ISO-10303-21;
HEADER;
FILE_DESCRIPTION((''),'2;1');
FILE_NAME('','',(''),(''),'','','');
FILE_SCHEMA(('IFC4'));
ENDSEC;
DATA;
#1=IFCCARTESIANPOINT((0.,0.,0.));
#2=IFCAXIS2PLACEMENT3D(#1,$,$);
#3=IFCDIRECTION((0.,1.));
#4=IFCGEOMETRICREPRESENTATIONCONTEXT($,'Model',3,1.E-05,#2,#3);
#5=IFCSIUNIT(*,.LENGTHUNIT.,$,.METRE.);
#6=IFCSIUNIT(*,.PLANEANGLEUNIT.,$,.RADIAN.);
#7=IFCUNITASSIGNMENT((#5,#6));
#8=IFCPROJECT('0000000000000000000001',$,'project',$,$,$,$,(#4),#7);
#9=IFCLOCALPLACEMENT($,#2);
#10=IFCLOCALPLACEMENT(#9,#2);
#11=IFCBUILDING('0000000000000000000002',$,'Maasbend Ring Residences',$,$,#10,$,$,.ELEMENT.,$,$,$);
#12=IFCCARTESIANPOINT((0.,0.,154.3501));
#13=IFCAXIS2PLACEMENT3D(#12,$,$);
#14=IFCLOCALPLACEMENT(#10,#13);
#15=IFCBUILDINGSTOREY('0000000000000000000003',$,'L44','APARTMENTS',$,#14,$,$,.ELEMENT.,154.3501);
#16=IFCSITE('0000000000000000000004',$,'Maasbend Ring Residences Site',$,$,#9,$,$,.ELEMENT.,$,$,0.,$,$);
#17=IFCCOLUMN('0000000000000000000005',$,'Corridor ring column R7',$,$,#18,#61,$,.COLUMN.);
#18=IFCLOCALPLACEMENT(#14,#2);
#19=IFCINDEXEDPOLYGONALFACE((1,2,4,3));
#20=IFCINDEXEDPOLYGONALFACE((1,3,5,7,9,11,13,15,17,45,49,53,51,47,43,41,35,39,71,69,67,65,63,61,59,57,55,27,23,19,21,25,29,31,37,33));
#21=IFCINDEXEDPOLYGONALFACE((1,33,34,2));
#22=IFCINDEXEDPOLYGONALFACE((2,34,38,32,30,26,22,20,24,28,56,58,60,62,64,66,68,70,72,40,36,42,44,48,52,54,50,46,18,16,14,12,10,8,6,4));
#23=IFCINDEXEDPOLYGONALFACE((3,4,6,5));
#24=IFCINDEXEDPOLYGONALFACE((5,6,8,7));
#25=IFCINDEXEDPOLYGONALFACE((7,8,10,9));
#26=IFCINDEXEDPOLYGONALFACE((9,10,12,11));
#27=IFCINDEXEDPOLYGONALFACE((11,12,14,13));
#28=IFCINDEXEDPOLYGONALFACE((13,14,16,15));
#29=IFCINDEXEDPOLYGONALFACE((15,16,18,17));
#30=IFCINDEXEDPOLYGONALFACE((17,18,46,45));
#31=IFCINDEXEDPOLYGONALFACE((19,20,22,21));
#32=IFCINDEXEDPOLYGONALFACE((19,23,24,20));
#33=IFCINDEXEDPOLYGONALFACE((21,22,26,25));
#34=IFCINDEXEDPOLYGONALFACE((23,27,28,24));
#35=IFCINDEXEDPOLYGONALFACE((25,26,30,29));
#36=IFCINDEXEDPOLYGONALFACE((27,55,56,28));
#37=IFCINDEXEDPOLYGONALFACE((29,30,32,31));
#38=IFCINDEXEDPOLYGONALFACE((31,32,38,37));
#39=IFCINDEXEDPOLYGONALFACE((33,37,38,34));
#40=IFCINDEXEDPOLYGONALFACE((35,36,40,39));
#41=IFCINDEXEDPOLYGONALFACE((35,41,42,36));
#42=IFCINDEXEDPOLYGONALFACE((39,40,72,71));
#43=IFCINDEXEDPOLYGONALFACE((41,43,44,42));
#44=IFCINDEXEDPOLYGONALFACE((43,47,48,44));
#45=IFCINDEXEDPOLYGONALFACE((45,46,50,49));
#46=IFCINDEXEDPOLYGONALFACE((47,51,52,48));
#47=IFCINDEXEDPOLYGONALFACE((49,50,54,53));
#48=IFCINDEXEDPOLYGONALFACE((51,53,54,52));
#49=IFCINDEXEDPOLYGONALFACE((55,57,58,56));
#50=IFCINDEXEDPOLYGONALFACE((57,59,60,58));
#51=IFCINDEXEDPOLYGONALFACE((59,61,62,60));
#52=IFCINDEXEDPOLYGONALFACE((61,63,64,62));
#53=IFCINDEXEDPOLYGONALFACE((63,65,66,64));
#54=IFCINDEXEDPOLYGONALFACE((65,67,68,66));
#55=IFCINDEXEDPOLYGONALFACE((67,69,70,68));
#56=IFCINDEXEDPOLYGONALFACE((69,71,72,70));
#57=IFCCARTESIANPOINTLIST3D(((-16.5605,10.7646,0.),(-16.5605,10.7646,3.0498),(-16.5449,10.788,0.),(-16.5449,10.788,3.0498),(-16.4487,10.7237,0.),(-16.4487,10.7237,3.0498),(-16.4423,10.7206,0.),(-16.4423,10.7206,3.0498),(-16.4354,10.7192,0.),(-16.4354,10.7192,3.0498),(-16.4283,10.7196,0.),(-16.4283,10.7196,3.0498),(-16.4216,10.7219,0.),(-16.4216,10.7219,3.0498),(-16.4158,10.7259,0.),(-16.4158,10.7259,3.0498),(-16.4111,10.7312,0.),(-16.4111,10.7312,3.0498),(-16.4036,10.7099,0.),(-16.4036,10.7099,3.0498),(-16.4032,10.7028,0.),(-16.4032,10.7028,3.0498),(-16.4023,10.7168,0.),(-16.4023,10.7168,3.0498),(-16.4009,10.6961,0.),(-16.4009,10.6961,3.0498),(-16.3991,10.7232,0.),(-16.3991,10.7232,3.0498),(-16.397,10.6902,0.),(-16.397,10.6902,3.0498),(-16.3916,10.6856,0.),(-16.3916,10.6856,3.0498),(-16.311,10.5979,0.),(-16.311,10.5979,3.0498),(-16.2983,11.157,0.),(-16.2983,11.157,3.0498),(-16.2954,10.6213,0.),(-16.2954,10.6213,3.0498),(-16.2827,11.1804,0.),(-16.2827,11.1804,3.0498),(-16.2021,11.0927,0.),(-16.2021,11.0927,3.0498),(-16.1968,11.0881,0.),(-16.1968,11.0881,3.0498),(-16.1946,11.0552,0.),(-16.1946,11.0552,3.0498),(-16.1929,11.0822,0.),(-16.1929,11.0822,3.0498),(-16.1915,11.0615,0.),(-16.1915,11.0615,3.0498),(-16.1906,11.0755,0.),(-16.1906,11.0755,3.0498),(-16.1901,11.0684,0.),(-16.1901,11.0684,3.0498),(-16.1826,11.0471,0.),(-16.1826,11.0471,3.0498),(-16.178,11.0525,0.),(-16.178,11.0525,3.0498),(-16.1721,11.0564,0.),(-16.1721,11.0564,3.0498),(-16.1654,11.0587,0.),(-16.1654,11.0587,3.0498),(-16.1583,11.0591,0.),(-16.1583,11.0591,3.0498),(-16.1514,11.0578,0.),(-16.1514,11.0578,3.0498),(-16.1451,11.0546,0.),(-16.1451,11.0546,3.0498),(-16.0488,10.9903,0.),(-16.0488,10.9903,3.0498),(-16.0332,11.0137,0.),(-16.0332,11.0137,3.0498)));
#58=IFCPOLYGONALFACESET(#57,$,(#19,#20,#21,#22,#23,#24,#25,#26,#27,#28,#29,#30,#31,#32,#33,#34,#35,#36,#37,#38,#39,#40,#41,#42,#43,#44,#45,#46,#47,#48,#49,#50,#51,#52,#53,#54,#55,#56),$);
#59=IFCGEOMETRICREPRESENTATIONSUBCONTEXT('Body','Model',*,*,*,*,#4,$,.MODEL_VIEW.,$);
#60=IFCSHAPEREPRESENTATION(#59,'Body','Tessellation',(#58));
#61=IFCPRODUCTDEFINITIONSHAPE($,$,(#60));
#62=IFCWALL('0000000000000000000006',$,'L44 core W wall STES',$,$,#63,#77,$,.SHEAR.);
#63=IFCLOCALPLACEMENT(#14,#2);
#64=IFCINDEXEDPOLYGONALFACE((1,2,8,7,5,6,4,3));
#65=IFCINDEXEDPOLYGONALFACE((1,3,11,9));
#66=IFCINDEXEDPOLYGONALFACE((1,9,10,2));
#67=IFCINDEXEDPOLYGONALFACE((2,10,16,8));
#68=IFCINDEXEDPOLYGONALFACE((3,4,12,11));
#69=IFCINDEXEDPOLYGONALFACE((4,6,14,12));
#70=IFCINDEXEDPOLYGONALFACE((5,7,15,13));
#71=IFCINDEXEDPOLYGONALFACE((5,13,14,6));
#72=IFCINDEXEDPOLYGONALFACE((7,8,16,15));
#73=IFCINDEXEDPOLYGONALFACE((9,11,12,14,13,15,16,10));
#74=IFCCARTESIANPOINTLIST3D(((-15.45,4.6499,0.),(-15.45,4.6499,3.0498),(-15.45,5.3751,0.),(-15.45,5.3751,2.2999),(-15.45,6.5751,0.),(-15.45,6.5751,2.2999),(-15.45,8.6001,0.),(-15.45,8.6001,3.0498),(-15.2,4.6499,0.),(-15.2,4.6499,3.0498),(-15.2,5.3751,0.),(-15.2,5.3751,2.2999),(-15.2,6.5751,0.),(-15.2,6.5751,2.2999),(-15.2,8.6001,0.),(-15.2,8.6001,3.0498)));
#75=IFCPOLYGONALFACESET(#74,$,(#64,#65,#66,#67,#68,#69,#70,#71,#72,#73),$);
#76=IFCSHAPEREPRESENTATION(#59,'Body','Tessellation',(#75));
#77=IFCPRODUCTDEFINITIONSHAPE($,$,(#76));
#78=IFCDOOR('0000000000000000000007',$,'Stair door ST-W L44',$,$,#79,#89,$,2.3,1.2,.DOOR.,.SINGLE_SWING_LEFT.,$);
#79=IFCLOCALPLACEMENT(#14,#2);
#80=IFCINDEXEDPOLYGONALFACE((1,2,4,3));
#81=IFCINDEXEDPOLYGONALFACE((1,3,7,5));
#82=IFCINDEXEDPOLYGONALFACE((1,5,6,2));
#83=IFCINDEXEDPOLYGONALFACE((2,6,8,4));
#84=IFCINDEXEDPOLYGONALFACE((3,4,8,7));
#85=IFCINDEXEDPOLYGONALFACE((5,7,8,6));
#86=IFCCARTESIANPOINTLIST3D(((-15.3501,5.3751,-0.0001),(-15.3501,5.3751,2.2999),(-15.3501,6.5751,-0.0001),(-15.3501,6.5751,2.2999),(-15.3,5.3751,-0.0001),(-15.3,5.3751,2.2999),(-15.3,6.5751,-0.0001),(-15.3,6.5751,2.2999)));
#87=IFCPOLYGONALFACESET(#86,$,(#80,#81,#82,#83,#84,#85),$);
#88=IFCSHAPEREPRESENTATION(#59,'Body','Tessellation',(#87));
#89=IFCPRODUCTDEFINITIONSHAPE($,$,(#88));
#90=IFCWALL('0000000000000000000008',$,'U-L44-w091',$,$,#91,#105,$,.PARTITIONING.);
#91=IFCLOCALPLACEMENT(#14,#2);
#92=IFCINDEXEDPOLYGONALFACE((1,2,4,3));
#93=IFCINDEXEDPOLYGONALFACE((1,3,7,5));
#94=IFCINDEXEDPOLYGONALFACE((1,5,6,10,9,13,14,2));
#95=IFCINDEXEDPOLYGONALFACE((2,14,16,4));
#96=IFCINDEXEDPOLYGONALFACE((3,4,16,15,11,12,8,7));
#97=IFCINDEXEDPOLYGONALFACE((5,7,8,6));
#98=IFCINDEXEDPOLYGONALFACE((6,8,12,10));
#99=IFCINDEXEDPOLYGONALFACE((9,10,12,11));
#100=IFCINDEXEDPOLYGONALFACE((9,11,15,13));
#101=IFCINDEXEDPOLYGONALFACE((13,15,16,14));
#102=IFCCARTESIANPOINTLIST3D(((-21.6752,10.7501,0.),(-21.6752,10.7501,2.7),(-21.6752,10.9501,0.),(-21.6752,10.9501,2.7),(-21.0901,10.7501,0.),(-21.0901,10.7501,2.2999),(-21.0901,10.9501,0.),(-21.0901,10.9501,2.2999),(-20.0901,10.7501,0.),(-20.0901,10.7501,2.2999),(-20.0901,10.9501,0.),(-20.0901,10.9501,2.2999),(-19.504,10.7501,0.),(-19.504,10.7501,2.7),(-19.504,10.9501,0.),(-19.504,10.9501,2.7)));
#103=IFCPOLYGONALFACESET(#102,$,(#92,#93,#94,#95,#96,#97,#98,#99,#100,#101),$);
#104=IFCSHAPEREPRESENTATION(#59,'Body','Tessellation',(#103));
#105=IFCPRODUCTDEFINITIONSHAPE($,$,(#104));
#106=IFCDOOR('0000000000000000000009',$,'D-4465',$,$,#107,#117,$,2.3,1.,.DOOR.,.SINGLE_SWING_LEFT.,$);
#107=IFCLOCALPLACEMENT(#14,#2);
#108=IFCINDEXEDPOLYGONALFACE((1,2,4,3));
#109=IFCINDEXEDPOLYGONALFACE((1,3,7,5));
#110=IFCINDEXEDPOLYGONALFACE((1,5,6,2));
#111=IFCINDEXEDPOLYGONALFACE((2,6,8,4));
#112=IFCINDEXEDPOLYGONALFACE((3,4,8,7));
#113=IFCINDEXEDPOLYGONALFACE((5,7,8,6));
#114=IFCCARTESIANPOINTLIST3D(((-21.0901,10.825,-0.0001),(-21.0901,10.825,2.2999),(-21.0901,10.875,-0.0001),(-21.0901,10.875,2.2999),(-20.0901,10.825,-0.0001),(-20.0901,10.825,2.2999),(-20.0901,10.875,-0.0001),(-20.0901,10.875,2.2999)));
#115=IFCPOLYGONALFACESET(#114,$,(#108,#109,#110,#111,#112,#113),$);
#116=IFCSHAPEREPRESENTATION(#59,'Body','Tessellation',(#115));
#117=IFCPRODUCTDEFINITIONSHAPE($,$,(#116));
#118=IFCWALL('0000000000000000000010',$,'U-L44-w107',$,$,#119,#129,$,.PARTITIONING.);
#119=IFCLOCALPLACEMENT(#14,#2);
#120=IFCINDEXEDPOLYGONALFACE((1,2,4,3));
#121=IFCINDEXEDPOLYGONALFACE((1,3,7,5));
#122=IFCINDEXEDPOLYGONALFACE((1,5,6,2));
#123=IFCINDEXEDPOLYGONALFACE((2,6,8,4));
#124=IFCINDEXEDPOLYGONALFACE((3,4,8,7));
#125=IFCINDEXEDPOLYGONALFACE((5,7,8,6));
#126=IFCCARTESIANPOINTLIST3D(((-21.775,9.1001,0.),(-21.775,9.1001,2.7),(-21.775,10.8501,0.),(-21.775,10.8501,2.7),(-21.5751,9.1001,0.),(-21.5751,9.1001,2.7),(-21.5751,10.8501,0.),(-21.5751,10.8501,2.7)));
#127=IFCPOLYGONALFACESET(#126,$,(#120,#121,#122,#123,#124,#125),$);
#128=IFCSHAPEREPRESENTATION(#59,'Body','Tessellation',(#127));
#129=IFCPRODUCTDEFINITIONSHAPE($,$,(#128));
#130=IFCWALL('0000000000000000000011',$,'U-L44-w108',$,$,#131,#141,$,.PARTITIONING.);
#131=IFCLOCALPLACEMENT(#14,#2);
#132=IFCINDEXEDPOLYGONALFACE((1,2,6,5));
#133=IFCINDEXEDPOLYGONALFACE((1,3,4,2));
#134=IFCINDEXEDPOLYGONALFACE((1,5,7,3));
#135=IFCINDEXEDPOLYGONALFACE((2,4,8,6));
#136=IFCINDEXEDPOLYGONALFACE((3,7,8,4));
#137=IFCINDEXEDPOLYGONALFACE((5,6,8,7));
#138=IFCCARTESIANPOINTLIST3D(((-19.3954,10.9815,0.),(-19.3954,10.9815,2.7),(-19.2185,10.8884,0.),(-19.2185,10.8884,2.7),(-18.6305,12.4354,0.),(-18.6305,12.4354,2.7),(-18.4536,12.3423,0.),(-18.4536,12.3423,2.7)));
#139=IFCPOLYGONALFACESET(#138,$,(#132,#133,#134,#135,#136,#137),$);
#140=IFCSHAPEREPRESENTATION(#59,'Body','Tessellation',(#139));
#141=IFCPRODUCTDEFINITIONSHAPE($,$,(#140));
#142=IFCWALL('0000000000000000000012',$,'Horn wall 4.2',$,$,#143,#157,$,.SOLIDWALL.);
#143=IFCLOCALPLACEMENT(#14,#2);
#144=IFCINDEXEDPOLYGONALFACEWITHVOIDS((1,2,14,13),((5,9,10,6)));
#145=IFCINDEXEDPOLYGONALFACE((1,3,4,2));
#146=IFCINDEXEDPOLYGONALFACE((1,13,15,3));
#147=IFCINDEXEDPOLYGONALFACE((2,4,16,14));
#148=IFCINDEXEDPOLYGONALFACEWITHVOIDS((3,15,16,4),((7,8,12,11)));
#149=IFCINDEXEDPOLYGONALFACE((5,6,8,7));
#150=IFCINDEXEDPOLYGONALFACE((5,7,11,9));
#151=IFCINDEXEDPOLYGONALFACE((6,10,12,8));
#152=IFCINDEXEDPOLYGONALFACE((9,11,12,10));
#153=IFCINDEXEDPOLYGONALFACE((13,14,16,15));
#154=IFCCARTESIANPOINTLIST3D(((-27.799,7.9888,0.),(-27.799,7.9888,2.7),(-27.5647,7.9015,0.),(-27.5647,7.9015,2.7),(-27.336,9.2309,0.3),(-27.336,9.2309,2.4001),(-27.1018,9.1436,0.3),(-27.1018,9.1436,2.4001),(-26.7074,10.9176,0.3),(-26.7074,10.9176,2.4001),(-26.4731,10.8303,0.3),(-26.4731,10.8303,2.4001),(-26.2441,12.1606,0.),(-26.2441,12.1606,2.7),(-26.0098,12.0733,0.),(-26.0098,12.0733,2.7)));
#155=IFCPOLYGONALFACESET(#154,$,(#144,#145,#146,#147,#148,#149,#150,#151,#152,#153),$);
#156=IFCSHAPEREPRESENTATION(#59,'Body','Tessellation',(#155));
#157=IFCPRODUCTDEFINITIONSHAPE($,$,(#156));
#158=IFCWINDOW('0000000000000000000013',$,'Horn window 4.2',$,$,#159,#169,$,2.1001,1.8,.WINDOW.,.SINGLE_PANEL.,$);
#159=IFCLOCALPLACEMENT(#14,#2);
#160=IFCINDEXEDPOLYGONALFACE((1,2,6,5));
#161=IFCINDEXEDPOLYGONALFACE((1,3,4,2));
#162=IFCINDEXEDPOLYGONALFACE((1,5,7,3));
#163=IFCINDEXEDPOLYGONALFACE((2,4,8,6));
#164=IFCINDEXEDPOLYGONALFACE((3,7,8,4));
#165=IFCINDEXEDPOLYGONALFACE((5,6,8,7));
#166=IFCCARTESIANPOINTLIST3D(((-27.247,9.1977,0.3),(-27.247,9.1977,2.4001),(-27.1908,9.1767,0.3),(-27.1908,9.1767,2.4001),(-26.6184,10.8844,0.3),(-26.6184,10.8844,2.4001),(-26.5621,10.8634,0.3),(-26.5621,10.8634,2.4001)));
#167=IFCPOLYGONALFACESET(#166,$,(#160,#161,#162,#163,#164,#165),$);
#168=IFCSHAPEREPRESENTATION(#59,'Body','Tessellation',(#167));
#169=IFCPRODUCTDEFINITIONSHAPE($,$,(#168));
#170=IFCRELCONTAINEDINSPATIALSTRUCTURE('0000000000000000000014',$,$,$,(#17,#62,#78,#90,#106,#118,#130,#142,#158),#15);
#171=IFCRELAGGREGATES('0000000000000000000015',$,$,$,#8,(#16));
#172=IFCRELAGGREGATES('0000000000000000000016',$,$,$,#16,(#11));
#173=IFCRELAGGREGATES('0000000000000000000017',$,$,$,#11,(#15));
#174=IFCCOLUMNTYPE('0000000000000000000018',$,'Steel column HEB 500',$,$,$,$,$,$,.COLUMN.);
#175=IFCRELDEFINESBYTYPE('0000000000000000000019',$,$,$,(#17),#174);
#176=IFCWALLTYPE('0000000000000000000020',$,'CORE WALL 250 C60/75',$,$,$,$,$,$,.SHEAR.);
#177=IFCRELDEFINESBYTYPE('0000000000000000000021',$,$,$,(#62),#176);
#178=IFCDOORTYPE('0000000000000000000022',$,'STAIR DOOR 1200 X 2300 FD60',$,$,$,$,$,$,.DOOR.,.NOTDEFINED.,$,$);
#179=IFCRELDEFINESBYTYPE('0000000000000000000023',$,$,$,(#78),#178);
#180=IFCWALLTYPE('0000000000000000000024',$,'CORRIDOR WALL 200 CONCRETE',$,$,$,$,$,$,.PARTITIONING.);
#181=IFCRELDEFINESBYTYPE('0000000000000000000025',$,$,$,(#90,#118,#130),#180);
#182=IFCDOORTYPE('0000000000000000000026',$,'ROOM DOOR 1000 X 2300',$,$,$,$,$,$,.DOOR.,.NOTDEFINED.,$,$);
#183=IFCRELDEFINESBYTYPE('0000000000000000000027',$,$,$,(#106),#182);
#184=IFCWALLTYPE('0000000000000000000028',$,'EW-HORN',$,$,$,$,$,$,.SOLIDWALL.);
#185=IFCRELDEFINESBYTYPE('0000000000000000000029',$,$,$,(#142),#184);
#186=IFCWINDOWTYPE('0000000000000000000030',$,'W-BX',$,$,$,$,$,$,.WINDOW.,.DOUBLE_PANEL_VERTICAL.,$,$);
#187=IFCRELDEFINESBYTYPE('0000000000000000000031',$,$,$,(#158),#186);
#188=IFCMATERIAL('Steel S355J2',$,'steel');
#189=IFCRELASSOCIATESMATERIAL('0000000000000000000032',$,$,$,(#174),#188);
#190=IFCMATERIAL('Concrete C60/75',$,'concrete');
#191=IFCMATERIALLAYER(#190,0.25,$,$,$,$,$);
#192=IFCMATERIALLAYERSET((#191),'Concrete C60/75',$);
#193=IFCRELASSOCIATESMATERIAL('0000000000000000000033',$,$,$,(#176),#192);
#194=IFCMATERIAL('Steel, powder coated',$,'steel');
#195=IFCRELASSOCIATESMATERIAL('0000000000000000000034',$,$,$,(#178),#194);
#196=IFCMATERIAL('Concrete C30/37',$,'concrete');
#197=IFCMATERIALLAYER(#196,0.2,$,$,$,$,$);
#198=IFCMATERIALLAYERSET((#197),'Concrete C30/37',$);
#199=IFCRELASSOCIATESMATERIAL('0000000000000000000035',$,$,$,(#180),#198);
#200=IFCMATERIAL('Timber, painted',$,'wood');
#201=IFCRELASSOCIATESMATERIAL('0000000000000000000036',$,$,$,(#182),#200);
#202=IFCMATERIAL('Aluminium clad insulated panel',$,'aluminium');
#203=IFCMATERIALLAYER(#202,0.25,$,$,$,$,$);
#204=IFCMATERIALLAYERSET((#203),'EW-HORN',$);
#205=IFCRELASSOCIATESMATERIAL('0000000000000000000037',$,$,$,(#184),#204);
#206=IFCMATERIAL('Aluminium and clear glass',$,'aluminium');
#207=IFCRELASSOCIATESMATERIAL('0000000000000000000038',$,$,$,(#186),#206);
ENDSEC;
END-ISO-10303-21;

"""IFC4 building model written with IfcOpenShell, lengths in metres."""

from ifc_helpers import new_model, si_unit, direction, frame, frame_2d, origin, origin_2d, place, context, subcontext, project, spatial, rectangle, i_section, extrude, material, layer, layer_set, material_profile, profile_set, type_object, element, fill, save


model = new_model("IFC4")

# Units and contexts
model_context = context("Model", 3, precision=1e-05, world=origin(), true_north=direction((0.0, 1.0)))
body_context = subcontext(model_context, "Body", "Model", "MODEL_VIEW")
ifc_project = project(units=[si_unit("LENGTHUNIT", "METRE"), si_unit("PLANEANGLEUNIT", "RADIAN")], contexts=[model_context])

# Site, building, storey
site_placement = place(None, origin())
site = spatial("IfcSite", under=ifc_project, at=site_placement, Name="Maasbend Ring Residences Site", CompositionType="ELEMENT", RefElevation=0.0)
building_placement = place(site_placement, origin())
building = spatial("IfcBuilding", under=site, at=building_placement, Name="Maasbend Ring Residences", CompositionType="ELEMENT")
storey_placement = place(building_placement, frame((0.0, 0.0, 154.3501)))
storey = spatial("IfcBuildingStorey", under=building, at=storey_placement, Name="L44", Description="APARTMENTS", CompositionType="ELEMENT", Elevation=154.3501)

# Column
ifc_material_1 = material(Name="Steel S355J2", Category="steel")
ifc_material_profile = material_profile(ifc_material_1, i_section(OverallWidth=0.3, OverallDepth=0.5, WebThickness=0.0144, FlangeThickness=0.0281, FilletRadius=0.0271, at=origin_2d()), Name="HEB 500")
ifc_profile_set = profile_set([ifc_material_profile], Name="Steel S355J2")
column_type = type_object("IfcColumnType", Name="Steel column HEB 500", PredefinedType="COLUMN", material=ifc_profile_set)
column_placement = place(storey_placement, frame((-16.2969, 10.8892, 0.0), z_axis=(0.0, 0.0, 1.0), x_axis=(-0.83147, 0.55557, 0.0)))
element("IfcColumn", 1, at=column_placement, inside=storey, type_object=column_type, Name="Corridor ring column R7", PredefinedType="COLUMN", context=body_context, shape_type="SweptSolid", body=[
    extrude(i_section(OverallWidth=0.3, OverallDepth=0.5, WebThickness=0.0144, FlangeThickness=0.0281, FilletRadius=0.0271, at=origin_2d()), origin(), (0.0, 0.0, 1.0), 3.0498),
])

# Walls, openings, doors
ifc_material_2 = material(Name="Concrete C60/75", Category="concrete")
ifc_layer_1 = layer(ifc_material_2, 0.25)
ifc_layer_set_1 = layer_set([ifc_layer_1], Name="Concrete C60/75")
wall_type_1 = type_object("IfcWallType", Name="CORE WALL 250 C60/75", PredefinedType="SHEAR", material=ifc_layer_set_1)
wall_1_placement = place(storey_placement, frame((-15.325, 8.6001, 0.0), z_axis=(0.0, 0.0, 1.0), x_axis=(0.0, -1.0, 0.0)))
wall_1 = element("IfcWall", 2, at=wall_1_placement, inside=storey, type_object=wall_type_1, Name="L44 core W wall STES", PredefinedType="SHEAR", context=body_context, shape_type="SweptSolid", body=[
    extrude(rectangle(XDim=3.9502, YDim=0.25, at=frame_2d((1.9751, 0.0))), origin(), (0.0, 0.0, 1.0), 3.0498),
])
opening_1_placement = place(wall_1_placement, frame((2.0249, 0.0, 0.0)))
opening_1 = element("IfcOpeningElement", 3, at=opening_1_placement, cuts=wall_1, PredefinedType="OPENING", context=body_context, shape_type="SweptSolid", body=[
    extrude(rectangle(XDim=1.2, YDim=2.3, at=frame_2d((0.6001, 1.1499))), frame((0.0, 0.135, 0.0), z_axis=(0.0, -1.0, 0.0), x_axis=(1.0, 0.0, 0.0)), (0.0, 0.0, 1.0), 0.27),
])
ifc_material_3 = material(Name="Steel, powder coated", Category="steel")
door_type_1 = type_object("IfcDoorType", Name="STAIR DOOR 1200 X 2300 FD60", OperationType="NOTDEFINED", PredefinedType="DOOR", material=ifc_material_3)
door_1_placement = place(opening_1_placement, origin())
door_1 = element("IfcDoor", 4, at=door_1_placement, inside=storey, type_object=door_type_1, Name="Stair door ST-W L44", OperationType="SINGLE_SWING_LEFT", OverallHeight=2.3, OverallWidth=1.2, PredefinedType="DOOR", context=body_context, shape_type="SweptSolid", body=[
    extrude(rectangle(XDim=1.2, YDim=2.3, at=frame_2d((0.6001, 1.1499))), frame((0.0, 0.0249, 0.0), z_axis=(0.0, -1.0, 0.0), x_axis=(1.0, 0.0, 0.0)), (0.0, 0.0, 1.0), 0.05),
])
fill(opening_1, door_1)
ifc_material_4 = material(Name="Concrete C30/37", Category="concrete")
ifc_layer_2 = layer(ifc_material_4, 0.2)
ifc_layer_set_2 = layer_set([ifc_layer_2], Name="Concrete C30/37")
wall_type_2 = type_object("IfcWallType", Name="CORRIDOR WALL 200 CONCRETE", PredefinedType="PARTITIONING", material=ifc_layer_set_2)
wall_2_placement = place(storey_placement, frame((-21.675, 10.8501, 0.0), z_axis=(0.0, 0.0, 1.0), x_axis=(1.0, 0.0, 0.0)))
wall_2 = element("IfcWall", 5, at=wall_2_placement, inside=storey, type_object=wall_type_2, Name="U-L44-w091", PredefinedType="PARTITIONING", context=body_context, shape_type="SweptSolid", body=[
    extrude(rectangle(XDim=2.1711, YDim=0.2, at=frame_2d((1.0854, 0.0))), origin(), (0.0, 0.0, 1.0), 2.7),
])
opening_2_placement = place(wall_2_placement, frame((0.585, 0.0, 0.0)))
opening_2 = element("IfcOpeningElement", 6, at=opening_2_placement, cuts=wall_2, PredefinedType="OPENING", context=body_context, shape_type="SweptSolid", body=[
    extrude(rectangle(XDim=1.0, YDim=2.3, at=frame_2d((0.5, 1.1499))), frame((0.0, 0.1099, 0.0), z_axis=(0.0, -1.0, 0.0), x_axis=(1.0, 0.0, 0.0)), (0.0, 0.0, 1.0), 0.22),
])
ifc_material_5 = material(Name="Timber, painted", Category="wood")
door_type_2 = type_object("IfcDoorType", Name="ROOM DOOR 1000 X 2300", OperationType="NOTDEFINED", PredefinedType="DOOR", material=ifc_material_5)
door_2_placement = place(opening_2_placement, origin())
door_2 = element("IfcDoor", 7, at=door_2_placement, inside=storey, type_object=door_type_2, Name="D-4465", OperationType="SINGLE_SWING_LEFT", OverallHeight=2.3, OverallWidth=1.0, PredefinedType="DOOR", context=body_context, shape_type="SweptSolid", body=[
    extrude(rectangle(XDim=1.0, YDim=2.3, at=frame_2d((0.5, 1.1499))), frame((0.0, 0.0249, 0.0), z_axis=(0.0, -1.0, 0.0), x_axis=(1.0, 0.0, 0.0)), (0.0, 0.0, 1.0), 0.05),
])
fill(opening_2, door_2)

# Walls
wall_3_placement = place(storey_placement, frame((-21.675, 9.1001, 0.0), z_axis=(0.0, 0.0, 1.0), x_axis=(0.0, 1.0, 0.0)))
element("IfcWall", 8, at=wall_3_placement, inside=storey, type_object=wall_type_2, Name="U-L44-w107", PredefinedType="PARTITIONING", context=body_context, shape_type="SweptSolid", body=[
    extrude(rectangle(XDim=1.75, YDim=0.2, at=frame_2d((0.875, 0.0))), origin(), (0.0, 0.0, 1.0), 2.7),
])
wall_4_placement = place(storey_placement, frame((-19.3069, 10.9351, 0.0), z_axis=(0.0, 0.0, 1.0), x_axis=(0.465606, 0.884992, 0.0)))
element("IfcWall", 9, at=wall_4_placement, inside=storey, type_object=wall_type_2, Name="U-L44-w108", PredefinedType="PARTITIONING", context=body_context, shape_type="SweptSolid", body=[
    extrude(rectangle(XDim=1.6428, YDim=0.2, at=frame_2d((0.8213, 0.0))), origin(), (0.0, 0.0, 1.0), 2.7),
])

# Wall, opening, window
ifc_material_6 = material(Name="Aluminium clad insulated panel", Category="aluminium")
ifc_layer_3 = layer(ifc_material_6, 0.25)
ifc_layer_set_3 = layer_set([ifc_layer_3], Name="EW-HORN")
wall_type_3 = type_object("IfcWallType", Name="EW-HORN", PredefinedType="SOLIDWALL", material=ifc_layer_set_3)
wall_5_placement = place(storey_placement, frame((-26.127, 12.1169, 0.0), z_axis=(0.0, 0.0, 1.0), x_axis=(-0.349248, -0.93703, 0.0)))
wall_5 = element("IfcWall", 10, at=wall_5_placement, inside=storey, type_object=wall_type_3, Name="Horn wall 4.2", PredefinedType="SOLIDWALL", context=body_context, shape_type="SweptSolid", body=[
    extrude(rectangle(XDim=4.4521, YDim=0.25, at=frame_2d((2.2261, 0.0))), origin(), (0.0, 0.0, 1.0), 2.7),
])
opening_3_placement = place(wall_5_placement, frame((1.3267, 0.0, 0.3)))
opening_3 = element("IfcOpeningElement", 11, at=opening_3_placement, cuts=wall_5, PredefinedType="OPENING", context=body_context, shape_type="SweptSolid", body=[
    extrude(rectangle(XDim=1.8, YDim=2.1001, at=frame_2d((0.8999, 1.05))), frame((0.0, 0.135, 0.0), z_axis=(0.0, -1.0, 0.0), x_axis=(1.0, 0.0, 0.0)), (0.0, 0.0, 1.0), 0.27),
])
ifc_material_7 = material(Name="Aluminium and clear glass", Category="aluminium")
window_type_1 = type_object("IfcWindowType", Name="W-BX", PartitioningType="DOUBLE_PANEL_VERTICAL", PredefinedType="WINDOW", material=ifc_material_7)
window_1_placement = place(opening_3_placement, origin())
window_1 = element("IfcWindow", 12, at=window_1_placement, inside=storey, type_object=window_type_1, Name="Horn window 4.2", OverallHeight=2.1001, OverallWidth=1.8, PartitioningType="SINGLE_PANEL", PredefinedType="WINDOW", context=body_context, shape_type="SweptSolid", body=[
    extrude(rectangle(XDim=1.8, YDim=2.1001, at=frame_2d((0.8999, 1.05))), frame((0.0, 0.03, 0.0), z_axis=(0.0, -1.0, 0.0), x_axis=(1.0, 0.0, 0.0)), (0.0, 0.0, 1.0), 0.0601),
])
fill(opening_3, window_1)

save(model, "model.ifc")
